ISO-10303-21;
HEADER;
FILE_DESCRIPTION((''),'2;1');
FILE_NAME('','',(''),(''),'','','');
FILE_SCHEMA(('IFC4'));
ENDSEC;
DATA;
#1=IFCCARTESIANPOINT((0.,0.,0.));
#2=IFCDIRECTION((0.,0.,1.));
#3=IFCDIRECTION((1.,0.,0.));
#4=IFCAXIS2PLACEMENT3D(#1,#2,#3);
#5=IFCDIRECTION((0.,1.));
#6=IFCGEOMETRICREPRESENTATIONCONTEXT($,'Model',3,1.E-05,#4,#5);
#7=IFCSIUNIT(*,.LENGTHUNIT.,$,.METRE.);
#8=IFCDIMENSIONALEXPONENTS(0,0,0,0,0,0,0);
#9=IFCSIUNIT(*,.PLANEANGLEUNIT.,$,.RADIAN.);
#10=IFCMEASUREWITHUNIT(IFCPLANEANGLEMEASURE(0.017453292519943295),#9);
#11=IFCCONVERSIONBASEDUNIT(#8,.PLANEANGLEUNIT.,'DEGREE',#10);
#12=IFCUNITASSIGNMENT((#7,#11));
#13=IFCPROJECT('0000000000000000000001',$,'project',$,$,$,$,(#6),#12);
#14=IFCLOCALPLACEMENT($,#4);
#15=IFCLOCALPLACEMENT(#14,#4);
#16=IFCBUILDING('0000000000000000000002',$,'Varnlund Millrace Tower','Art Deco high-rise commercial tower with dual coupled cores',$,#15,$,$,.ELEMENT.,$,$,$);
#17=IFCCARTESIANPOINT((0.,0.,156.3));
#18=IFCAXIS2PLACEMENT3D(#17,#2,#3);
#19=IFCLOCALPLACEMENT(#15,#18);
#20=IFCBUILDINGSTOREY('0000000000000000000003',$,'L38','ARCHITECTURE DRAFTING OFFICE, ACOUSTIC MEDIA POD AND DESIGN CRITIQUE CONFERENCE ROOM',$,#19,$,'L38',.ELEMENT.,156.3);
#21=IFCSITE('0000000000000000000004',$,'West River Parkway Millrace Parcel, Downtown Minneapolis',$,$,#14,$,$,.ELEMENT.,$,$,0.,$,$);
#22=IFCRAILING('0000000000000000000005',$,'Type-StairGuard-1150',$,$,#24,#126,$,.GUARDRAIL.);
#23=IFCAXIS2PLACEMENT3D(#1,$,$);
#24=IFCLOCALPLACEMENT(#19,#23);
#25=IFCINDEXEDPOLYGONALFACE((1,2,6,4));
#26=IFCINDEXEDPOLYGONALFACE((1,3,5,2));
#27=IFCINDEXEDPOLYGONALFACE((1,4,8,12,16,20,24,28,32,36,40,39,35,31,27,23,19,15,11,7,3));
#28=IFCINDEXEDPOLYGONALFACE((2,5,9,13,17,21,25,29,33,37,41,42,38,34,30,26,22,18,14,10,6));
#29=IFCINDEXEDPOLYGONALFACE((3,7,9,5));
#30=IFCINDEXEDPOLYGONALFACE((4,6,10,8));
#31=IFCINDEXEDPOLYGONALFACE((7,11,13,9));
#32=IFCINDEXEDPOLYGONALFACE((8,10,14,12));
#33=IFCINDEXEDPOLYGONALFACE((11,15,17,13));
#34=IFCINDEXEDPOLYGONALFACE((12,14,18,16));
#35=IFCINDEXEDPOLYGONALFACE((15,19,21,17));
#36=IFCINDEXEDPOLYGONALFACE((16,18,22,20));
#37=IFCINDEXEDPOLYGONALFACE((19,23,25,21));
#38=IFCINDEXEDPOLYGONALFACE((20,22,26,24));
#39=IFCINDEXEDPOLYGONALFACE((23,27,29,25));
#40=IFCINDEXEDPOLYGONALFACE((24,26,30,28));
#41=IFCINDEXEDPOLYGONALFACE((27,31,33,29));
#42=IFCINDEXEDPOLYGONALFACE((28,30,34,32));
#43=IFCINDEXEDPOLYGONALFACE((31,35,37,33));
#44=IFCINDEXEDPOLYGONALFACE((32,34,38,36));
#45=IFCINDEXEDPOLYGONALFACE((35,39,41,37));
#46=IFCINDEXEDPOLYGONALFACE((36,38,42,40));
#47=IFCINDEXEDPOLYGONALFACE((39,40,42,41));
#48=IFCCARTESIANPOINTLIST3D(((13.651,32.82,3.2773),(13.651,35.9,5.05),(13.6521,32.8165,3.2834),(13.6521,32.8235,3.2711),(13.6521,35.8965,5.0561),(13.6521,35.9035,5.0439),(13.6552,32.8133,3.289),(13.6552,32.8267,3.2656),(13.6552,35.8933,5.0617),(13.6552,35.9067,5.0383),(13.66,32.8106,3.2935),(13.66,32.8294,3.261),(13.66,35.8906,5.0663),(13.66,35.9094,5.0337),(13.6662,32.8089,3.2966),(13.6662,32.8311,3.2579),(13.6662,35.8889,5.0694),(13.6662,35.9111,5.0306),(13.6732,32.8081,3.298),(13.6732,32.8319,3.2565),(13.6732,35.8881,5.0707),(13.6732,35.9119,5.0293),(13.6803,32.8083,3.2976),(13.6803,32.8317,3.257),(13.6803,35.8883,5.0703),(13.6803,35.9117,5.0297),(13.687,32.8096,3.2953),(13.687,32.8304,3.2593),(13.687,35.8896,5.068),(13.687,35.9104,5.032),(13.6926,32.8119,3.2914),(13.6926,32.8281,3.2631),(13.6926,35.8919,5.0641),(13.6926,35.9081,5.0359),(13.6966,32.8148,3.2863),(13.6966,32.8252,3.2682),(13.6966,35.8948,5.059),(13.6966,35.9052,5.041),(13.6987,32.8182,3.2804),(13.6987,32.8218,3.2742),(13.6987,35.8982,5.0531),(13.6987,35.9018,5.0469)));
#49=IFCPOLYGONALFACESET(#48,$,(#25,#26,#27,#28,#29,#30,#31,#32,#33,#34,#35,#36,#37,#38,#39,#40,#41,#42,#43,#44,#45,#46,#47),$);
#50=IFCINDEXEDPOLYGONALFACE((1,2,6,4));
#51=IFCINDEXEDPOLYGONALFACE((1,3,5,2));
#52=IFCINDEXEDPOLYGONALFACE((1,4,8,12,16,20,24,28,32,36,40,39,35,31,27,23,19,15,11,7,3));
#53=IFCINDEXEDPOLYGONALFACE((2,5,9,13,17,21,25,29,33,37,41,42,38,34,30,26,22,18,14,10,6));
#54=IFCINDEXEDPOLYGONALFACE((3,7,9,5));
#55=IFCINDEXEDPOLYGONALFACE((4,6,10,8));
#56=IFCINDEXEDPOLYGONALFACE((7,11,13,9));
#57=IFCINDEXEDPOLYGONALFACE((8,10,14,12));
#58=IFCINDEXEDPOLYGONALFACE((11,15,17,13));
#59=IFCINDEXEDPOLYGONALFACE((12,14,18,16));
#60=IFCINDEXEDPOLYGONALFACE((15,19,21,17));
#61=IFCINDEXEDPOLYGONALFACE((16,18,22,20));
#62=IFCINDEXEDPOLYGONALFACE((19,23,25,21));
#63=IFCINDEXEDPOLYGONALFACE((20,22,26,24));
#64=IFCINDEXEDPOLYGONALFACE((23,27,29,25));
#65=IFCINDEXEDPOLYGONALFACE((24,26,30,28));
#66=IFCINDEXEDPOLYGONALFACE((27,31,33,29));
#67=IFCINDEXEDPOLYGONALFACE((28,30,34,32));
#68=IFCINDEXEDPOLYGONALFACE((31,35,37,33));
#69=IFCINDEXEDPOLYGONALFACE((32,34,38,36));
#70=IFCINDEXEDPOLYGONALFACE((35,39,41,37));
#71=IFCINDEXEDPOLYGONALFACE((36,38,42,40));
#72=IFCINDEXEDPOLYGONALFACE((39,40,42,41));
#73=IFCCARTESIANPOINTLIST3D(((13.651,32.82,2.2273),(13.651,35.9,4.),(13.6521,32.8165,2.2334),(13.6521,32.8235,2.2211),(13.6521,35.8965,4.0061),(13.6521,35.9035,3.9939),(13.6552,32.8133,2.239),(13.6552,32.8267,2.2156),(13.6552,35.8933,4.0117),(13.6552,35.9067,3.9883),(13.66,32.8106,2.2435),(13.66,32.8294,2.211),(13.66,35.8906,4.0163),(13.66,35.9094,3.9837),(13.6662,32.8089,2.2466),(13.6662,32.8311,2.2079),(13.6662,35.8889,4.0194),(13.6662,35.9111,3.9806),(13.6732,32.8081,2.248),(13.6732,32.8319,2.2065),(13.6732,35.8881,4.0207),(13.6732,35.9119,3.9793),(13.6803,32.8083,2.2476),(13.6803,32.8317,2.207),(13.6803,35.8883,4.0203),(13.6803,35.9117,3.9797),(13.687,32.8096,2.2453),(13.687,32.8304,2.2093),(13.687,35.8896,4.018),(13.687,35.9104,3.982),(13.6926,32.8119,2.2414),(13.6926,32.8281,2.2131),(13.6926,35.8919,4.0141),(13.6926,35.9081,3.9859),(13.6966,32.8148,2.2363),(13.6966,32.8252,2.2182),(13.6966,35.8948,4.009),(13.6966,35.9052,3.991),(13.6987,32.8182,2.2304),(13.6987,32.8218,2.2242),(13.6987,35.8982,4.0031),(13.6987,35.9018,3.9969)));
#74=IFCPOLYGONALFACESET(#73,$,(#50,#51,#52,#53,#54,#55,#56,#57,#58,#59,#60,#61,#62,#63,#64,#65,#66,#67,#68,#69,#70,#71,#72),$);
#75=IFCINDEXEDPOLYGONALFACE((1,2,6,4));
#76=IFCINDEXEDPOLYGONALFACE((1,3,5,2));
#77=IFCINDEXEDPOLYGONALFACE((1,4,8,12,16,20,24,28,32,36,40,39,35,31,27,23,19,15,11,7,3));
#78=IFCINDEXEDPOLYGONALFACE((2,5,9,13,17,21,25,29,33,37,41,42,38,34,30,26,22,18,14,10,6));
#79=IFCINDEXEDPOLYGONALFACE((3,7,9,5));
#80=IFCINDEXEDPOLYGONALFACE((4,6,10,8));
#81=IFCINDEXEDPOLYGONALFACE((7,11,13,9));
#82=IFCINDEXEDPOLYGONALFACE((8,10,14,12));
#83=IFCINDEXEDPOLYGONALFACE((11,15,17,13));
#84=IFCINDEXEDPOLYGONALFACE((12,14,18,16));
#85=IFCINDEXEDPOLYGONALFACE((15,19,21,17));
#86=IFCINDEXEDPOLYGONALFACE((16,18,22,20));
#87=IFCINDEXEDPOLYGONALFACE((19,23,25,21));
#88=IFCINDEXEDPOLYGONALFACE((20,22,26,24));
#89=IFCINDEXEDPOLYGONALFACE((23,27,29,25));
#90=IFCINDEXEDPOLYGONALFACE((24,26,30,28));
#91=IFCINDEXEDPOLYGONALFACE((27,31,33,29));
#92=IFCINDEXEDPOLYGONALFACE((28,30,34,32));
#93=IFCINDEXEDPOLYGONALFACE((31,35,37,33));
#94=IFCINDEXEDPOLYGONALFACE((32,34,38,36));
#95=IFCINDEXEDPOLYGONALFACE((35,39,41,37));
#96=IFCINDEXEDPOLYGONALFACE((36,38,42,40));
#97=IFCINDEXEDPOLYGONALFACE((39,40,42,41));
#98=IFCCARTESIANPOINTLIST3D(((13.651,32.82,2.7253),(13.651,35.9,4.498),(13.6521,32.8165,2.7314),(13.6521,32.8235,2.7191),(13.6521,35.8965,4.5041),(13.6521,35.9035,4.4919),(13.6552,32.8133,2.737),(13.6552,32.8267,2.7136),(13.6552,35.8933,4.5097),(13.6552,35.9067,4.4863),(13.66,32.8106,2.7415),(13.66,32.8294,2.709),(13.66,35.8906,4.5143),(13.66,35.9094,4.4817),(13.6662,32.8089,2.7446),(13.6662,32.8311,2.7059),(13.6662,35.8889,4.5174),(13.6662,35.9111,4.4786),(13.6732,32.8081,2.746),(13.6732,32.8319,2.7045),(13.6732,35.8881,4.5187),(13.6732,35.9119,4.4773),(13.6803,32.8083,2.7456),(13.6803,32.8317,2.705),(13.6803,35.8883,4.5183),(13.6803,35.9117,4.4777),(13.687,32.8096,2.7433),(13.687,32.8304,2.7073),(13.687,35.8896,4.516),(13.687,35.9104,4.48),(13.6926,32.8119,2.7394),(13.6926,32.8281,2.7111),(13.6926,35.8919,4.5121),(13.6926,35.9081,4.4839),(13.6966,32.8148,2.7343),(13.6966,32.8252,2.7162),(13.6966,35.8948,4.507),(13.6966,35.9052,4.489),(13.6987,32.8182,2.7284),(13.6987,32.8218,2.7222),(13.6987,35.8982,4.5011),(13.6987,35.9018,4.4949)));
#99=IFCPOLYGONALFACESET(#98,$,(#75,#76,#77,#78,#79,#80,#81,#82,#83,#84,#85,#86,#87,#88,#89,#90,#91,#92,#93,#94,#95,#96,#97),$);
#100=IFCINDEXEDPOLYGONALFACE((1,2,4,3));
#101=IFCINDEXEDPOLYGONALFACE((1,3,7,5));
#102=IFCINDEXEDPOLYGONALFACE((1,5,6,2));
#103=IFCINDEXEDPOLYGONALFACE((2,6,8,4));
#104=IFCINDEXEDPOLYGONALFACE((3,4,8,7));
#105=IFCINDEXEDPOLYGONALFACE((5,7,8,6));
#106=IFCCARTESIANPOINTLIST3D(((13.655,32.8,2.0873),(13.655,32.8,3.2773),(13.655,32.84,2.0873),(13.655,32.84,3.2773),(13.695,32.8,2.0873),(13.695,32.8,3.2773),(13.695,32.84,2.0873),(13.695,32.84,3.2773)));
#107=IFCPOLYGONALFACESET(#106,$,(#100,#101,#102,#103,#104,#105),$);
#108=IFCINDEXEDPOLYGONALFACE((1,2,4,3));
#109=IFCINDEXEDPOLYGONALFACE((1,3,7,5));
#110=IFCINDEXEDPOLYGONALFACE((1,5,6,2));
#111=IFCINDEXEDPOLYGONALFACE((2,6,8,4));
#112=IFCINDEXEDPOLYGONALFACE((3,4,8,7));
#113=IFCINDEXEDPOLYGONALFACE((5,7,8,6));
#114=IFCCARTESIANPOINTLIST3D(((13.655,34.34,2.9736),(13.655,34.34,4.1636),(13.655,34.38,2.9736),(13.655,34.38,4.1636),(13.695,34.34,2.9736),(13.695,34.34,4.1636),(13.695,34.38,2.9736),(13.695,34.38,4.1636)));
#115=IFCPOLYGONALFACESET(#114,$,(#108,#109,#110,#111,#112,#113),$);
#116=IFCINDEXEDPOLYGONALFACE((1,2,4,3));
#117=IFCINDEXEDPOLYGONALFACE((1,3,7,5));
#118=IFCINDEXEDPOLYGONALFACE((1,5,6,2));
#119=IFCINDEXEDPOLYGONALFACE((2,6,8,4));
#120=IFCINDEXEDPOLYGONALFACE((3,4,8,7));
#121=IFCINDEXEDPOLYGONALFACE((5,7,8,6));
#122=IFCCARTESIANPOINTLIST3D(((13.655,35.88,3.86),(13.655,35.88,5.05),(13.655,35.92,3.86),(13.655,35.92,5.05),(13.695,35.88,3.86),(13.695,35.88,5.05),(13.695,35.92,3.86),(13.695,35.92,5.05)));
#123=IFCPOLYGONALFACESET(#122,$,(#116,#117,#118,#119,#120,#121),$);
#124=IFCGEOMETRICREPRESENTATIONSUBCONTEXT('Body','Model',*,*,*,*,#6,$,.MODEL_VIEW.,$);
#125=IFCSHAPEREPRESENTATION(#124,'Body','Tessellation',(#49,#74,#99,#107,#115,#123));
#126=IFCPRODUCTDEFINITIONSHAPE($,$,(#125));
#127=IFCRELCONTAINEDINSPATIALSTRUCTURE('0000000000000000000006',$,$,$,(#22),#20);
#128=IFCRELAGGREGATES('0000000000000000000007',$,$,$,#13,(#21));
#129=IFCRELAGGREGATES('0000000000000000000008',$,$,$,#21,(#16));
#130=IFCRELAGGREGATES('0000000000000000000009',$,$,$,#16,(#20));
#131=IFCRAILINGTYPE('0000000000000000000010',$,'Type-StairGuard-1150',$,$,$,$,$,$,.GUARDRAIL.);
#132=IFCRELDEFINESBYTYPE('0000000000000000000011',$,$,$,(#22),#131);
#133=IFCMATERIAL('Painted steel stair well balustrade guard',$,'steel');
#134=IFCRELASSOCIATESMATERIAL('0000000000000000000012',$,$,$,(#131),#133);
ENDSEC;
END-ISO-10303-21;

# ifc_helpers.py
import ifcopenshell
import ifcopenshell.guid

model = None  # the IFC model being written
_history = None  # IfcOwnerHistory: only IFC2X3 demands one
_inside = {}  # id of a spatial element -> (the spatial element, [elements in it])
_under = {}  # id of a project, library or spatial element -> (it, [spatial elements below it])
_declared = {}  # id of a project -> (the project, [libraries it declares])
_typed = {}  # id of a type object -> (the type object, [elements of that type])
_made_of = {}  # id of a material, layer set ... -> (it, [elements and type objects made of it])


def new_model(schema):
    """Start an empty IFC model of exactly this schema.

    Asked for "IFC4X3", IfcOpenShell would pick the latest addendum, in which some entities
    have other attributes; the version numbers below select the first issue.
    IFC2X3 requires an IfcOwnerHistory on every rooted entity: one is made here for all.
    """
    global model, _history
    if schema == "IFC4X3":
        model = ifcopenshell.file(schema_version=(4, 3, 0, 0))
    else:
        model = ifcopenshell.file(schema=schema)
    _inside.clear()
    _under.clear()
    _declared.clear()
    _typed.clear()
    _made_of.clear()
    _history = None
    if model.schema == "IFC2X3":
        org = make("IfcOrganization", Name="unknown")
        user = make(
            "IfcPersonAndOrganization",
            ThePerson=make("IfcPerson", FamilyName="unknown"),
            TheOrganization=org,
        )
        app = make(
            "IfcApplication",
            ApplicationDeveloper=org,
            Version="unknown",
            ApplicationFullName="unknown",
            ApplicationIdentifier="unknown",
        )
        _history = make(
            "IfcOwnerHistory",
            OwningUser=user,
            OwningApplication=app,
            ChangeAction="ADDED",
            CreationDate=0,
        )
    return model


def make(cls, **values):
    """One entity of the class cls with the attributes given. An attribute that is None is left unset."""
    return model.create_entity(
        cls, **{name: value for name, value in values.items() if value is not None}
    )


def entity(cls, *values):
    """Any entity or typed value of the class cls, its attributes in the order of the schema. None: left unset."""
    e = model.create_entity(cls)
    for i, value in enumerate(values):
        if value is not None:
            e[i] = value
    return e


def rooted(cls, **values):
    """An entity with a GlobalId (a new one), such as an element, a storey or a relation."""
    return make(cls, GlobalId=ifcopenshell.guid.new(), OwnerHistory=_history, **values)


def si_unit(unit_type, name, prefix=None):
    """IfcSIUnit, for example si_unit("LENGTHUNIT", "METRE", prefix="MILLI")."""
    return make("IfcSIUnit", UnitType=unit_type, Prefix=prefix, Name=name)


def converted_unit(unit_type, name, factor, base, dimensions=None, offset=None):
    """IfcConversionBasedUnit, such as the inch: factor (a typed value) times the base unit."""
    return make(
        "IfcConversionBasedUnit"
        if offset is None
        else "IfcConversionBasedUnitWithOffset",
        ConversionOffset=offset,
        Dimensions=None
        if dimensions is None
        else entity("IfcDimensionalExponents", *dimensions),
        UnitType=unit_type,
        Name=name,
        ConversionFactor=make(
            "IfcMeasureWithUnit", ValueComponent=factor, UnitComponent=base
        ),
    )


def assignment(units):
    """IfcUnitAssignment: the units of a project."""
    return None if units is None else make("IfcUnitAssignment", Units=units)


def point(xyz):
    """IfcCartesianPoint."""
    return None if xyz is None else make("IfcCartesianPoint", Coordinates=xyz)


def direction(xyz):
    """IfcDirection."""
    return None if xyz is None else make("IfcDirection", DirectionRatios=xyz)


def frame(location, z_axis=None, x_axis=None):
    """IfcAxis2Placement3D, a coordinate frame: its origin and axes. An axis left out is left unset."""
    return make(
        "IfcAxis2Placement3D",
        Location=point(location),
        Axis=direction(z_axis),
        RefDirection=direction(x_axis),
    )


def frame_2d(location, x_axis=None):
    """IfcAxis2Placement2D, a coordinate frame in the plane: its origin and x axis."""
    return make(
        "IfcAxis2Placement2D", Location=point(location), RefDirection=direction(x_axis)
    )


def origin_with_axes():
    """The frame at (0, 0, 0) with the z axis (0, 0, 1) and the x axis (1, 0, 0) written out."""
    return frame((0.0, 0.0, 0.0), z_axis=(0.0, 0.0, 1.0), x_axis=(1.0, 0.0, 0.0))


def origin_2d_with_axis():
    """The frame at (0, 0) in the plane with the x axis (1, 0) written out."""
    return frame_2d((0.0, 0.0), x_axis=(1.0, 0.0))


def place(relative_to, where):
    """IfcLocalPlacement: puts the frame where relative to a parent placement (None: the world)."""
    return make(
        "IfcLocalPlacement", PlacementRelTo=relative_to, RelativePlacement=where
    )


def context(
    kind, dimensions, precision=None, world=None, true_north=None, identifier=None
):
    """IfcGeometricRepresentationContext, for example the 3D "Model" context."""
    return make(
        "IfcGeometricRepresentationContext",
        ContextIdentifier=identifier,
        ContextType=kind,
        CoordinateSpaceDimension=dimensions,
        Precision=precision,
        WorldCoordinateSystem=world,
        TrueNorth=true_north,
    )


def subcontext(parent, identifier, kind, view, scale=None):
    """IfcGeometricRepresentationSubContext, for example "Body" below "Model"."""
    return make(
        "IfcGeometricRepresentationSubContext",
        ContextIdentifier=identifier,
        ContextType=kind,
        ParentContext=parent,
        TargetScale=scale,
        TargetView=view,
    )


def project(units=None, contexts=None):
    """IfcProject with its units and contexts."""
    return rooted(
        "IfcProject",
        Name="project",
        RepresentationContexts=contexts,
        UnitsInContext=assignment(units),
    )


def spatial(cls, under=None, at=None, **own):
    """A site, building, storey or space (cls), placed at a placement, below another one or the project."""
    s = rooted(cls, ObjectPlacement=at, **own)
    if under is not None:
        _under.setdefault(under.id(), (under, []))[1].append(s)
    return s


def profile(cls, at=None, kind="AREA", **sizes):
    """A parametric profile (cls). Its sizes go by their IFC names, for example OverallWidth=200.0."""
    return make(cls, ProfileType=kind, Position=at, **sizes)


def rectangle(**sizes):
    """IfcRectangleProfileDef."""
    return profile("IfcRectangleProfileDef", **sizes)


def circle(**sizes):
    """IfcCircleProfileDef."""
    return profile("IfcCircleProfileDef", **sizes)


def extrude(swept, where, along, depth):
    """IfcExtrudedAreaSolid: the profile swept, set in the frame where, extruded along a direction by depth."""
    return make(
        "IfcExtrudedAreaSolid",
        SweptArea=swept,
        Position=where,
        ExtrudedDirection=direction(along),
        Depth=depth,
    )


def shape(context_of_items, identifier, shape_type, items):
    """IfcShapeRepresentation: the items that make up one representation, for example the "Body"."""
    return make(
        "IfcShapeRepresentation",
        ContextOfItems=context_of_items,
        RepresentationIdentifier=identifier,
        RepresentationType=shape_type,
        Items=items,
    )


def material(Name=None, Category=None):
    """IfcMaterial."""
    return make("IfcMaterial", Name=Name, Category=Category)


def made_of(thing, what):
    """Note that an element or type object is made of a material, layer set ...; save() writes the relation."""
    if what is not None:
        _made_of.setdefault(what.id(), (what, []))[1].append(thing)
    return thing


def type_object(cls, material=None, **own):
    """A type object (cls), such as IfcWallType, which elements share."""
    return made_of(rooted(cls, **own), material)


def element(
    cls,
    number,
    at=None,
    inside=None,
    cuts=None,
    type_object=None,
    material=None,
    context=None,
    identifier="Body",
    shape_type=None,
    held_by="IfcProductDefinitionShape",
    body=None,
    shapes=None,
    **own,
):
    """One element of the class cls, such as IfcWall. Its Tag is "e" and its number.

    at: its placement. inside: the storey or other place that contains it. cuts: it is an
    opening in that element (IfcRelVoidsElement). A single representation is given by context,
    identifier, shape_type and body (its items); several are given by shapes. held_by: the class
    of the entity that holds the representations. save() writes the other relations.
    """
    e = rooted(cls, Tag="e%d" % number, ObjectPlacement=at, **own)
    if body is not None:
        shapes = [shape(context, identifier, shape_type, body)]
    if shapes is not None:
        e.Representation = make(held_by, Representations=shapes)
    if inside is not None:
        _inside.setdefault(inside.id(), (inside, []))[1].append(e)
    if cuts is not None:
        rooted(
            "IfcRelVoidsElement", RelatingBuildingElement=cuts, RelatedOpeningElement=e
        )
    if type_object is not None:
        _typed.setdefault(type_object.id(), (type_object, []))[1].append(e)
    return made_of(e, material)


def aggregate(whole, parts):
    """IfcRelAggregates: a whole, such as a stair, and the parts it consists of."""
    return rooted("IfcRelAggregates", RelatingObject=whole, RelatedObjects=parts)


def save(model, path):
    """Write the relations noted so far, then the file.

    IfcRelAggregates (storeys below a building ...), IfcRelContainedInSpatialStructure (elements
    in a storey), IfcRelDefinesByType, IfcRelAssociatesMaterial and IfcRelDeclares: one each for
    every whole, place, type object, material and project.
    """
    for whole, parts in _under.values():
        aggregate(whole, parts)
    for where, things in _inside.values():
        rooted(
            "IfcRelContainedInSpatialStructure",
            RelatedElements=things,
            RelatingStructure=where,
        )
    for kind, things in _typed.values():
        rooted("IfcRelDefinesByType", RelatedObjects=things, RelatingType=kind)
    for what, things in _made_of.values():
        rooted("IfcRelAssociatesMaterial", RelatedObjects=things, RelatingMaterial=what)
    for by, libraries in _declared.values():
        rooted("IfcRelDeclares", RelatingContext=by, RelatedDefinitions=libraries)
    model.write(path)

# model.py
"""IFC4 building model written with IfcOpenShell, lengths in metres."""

from ifc_helpers import new_model, entity, si_unit, converted_unit, direction, frame, origin_with_axes, origin_2d_with_axis, place, context, subcontext, project, spatial, rectangle, circle, extrude, material, type_object, element, save


model = new_model("IFC4")

# Units and contexts
model_context = context("Model", 3, precision=1e-05, world=origin_with_axes(), true_north=direction((0.0, 1.0)))
body_context = subcontext(model_context, "Body", "Model", "MODEL_VIEW")
ifc_project = project(units=[si_unit("LENGTHUNIT", "METRE"), converted_unit("PLANEANGLEUNIT", "DEGREE", entity("IfcPlaneAngleMeasure", 0.017453292519943295), si_unit("PLANEANGLEUNIT", "RADIAN"), dimensions=[0, 0, 0, 0, 0, 0, 0])], contexts=[model_context])

# Site, building, storey
site_placement = place(None, origin_with_axes())
site = spatial("IfcSite", under=ifc_project, at=site_placement, Name="West River Parkway Millrace Parcel, Downtown Minneapolis", CompositionType="ELEMENT", RefElevation=0.0)
building_placement = place(site_placement, origin_with_axes())
building = spatial("IfcBuilding", under=site, at=building_placement, Name="Varnlund Millrace Tower", Description="Art Deco high-rise commercial tower with dual coupled cores", CompositionType="ELEMENT")
storey_placement = place(building_placement, frame((0.0, 0.0, 156.3), z_axis=(0.0, 0.0, 1.0), x_axis=(1.0, 0.0, 0.0)))
storey = spatial("IfcBuildingStorey", under=building, at=storey_placement, Name="L38", Description="ARCHITECTURE DRAFTING OFFICE, ACOUSTIC MEDIA POD AND DESIGN CRITIQUE CONFERENCE ROOM", LongName="L38", CompositionType="ELEMENT", Elevation=156.3)

# Railing
ifc_material_1 = material(Name="Painted steel stair well balustrade guard", Category="steel")
railing_type_1 = type_object("IfcRailingType", Name="Type-StairGuard-1150", PredefinedType="GUARDRAIL", material=ifc_material_1)
railing_1_placement = place(storey_placement, frame((0.0, 0.0, -156.3), z_axis=(0.0, 0.0, 1.0), x_axis=(1.0, 0.0, 0.0)))
element("IfcRailing", 1, at=railing_1_placement, inside=storey, type_object=railing_type_1, Name="Type-StairGuard-1150", PredefinedType="GUARDRAIL", context=body_context, shape_type="SweptSolid", body=[
    extrude(circle(Radius=0.024, at=origin_2d_with_axis()), frame((13.675, 32.82, 159.5773), z_axis=(0.0, 0.866696, 0.498836), x_axis=(-1.0, 0.0, 0.0)), (0.0, 0.0, 1.0), 3.5537),
    extrude(circle(Radius=0.024, at=origin_2d_with_axis()), frame((13.675, 32.82, 158.5273), z_axis=(0.0, 0.866696, 0.498836), x_axis=(-1.0, 0.0, 0.0)), (0.0, 0.0, 1.0), 3.5537),
    extrude(circle(Radius=0.024, at=origin_2d_with_axis()), frame((13.675, 32.82, 159.0253), z_axis=(0.0, 0.866696, 0.498836), x_axis=(-1.0, 0.0, 0.0)), (0.0, 0.0, 1.0), 3.5537),
    extrude(rectangle(XDim=0.04, YDim=0.04, at=origin_2d_with_axis()), frame((13.675, 32.82, 158.3873), z_axis=(0.0, 0.0, 1.0), x_axis=(1.0, 0.0, 0.0)), (0.0, 0.0, 1.0), 1.19),
    extrude(rectangle(XDim=0.04, YDim=0.04, at=origin_2d_with_axis()), frame((13.675, 34.36, 159.2736), z_axis=(0.0, 0.0, 1.0), x_axis=(1.0, 0.0, 0.0)), (0.0, 0.0, 1.0), 1.19),
    extrude(rectangle(XDim=0.04, YDim=0.04, at=origin_2d_with_axis()), frame((13.675, 35.9, 160.16), z_axis=(0.0, 0.0, 1.0), x_axis=(1.0, 0.0, 0.0)), (0.0, 0.0, 1.0), 1.19),
])

save(model, "model.ifc")
